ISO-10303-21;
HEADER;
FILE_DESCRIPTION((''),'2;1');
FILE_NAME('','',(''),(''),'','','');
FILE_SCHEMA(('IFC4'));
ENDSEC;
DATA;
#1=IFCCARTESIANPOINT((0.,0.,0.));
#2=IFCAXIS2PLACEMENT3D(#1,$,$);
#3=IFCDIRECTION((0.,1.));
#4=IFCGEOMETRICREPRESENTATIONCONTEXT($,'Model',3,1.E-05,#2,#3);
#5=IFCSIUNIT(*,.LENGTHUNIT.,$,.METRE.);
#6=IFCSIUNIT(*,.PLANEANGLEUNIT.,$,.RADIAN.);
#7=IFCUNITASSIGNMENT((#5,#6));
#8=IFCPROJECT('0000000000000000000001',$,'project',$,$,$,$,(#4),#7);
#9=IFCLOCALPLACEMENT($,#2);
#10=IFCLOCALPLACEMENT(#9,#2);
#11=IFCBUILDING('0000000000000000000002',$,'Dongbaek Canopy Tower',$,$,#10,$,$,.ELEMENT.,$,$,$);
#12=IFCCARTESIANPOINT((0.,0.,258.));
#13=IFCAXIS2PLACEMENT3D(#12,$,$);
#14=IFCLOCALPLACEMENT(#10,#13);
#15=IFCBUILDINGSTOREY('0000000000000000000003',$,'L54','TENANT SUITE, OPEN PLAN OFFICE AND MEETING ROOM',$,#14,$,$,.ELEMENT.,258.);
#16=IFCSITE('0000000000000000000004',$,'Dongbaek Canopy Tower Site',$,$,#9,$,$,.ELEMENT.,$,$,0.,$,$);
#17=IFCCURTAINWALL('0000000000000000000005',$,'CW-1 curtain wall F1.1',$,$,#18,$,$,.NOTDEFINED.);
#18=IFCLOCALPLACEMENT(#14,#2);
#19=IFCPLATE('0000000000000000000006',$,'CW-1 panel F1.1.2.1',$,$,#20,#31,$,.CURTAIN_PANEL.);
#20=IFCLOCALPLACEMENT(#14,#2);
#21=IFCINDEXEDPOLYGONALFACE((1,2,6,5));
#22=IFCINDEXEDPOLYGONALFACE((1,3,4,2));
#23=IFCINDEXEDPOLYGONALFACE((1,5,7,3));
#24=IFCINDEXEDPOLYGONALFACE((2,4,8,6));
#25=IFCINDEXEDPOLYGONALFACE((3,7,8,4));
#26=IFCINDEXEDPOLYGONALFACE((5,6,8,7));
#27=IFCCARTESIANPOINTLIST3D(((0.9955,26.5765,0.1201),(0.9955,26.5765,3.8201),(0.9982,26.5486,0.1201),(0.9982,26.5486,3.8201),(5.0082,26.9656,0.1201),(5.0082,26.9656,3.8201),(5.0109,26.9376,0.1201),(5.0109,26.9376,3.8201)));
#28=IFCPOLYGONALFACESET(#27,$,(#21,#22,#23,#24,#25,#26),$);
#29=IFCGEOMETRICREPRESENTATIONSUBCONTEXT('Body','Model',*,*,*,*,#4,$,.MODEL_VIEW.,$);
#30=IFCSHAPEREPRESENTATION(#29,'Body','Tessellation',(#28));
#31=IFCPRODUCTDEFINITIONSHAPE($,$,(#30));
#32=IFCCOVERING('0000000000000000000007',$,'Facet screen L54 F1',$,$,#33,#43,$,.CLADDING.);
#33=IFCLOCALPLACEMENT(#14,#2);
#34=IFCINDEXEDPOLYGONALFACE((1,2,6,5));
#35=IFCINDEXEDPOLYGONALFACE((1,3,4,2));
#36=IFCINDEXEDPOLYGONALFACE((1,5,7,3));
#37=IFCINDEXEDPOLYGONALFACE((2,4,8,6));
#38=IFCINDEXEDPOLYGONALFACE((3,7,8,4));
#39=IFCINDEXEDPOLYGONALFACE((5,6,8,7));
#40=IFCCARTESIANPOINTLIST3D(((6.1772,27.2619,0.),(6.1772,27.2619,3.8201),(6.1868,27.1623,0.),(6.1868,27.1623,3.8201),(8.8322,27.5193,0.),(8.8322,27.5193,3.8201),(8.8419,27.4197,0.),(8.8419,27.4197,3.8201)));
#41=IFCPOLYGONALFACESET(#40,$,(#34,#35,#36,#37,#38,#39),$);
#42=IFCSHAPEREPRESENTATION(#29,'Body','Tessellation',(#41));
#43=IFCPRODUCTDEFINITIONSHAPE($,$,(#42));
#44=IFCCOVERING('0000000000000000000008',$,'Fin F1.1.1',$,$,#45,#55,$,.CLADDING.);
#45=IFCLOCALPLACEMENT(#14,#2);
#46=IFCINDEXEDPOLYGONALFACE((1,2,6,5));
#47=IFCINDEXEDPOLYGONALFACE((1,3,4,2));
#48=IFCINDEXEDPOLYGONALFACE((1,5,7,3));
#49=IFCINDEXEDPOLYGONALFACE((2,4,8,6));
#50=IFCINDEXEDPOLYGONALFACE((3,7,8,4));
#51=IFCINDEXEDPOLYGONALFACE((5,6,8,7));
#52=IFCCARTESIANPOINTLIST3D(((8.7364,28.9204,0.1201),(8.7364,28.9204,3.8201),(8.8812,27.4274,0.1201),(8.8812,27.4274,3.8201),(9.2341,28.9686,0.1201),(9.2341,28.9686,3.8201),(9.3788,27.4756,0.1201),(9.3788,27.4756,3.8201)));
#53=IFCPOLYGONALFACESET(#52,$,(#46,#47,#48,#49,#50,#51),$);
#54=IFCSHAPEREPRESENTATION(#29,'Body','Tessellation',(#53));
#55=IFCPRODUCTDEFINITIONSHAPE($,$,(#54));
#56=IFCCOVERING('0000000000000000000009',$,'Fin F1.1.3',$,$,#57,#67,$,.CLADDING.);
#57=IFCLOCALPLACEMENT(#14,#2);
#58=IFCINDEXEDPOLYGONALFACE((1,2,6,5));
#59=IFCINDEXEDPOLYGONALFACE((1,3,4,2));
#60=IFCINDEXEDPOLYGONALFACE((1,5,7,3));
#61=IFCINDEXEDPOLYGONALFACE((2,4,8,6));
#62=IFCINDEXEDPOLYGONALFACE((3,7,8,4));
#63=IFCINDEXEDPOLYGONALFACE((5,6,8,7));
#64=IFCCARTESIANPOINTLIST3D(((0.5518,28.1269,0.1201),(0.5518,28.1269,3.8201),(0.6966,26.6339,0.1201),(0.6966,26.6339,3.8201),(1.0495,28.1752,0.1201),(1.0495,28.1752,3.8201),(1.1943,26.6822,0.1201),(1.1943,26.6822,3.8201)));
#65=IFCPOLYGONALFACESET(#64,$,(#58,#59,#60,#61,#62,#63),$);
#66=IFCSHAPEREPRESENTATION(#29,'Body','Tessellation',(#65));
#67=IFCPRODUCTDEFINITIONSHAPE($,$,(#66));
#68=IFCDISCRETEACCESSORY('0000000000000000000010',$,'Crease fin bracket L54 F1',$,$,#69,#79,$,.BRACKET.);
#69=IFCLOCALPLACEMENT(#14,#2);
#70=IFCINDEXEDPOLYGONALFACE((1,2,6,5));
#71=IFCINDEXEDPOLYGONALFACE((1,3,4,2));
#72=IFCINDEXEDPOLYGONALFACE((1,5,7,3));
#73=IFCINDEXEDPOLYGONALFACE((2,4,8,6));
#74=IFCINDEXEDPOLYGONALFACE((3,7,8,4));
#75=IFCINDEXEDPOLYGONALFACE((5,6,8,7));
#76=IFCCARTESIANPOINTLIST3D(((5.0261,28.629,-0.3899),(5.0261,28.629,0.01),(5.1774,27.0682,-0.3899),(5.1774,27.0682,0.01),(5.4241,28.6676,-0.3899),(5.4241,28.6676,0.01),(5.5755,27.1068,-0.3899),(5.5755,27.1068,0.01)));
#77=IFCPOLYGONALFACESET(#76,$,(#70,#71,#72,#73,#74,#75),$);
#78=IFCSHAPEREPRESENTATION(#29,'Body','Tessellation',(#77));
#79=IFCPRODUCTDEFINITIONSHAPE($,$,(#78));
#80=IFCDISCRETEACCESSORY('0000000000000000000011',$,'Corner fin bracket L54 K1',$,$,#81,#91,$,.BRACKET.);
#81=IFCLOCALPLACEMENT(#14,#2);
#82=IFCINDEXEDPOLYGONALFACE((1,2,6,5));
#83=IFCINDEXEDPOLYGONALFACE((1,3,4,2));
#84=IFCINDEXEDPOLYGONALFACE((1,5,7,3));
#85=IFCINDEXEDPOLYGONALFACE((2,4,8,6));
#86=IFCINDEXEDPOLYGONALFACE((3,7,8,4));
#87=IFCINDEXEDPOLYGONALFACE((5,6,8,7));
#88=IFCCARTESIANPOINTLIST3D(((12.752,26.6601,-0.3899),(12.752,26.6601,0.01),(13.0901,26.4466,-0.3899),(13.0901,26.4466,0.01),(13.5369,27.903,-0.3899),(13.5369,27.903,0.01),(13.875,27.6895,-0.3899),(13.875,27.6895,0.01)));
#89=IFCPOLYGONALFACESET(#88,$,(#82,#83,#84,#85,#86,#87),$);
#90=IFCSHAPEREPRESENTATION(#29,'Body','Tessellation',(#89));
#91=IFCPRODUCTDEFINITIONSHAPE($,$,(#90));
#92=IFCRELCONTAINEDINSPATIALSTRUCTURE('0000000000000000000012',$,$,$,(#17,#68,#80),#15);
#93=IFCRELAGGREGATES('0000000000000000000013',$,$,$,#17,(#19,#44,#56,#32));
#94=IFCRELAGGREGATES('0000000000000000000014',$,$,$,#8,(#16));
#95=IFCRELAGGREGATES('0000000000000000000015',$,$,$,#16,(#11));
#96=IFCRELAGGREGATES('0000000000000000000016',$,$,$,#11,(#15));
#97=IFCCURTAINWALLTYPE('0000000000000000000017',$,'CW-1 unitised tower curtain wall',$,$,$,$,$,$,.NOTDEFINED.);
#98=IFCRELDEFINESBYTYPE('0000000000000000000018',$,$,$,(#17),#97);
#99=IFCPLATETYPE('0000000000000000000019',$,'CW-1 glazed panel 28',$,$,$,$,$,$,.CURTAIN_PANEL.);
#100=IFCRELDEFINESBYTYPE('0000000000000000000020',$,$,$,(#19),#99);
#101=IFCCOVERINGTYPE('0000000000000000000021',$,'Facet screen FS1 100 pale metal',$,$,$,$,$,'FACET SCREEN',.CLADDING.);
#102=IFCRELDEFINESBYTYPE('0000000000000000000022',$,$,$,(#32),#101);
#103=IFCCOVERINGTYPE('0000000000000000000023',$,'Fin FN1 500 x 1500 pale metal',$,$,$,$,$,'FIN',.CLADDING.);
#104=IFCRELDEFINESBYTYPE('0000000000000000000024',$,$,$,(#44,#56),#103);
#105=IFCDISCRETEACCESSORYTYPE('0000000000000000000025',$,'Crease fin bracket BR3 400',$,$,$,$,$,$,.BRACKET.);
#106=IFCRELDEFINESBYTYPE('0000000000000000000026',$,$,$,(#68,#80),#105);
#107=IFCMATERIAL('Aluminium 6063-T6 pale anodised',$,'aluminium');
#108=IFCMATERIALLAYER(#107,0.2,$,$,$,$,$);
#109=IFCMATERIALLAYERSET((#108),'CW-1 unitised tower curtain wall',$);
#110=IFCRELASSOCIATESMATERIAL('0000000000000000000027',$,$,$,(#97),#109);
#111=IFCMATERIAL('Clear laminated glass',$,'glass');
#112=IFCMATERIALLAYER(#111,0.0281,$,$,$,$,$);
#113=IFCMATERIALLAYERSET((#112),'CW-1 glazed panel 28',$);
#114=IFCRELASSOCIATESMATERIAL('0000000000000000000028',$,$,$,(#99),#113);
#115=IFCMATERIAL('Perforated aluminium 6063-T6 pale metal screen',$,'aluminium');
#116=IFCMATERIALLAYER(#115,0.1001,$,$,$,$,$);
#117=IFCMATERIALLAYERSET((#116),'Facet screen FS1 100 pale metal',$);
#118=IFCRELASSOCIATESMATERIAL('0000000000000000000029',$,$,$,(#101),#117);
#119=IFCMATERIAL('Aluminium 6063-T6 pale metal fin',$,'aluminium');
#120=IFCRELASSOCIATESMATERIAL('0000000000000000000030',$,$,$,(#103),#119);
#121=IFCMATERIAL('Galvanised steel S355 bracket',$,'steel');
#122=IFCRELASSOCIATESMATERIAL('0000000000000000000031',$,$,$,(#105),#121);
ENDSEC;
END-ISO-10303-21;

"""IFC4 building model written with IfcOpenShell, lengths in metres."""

from ifc_helpers import new_model, si_unit, direction, frame, origin, origin_2d, place, context, subcontext, project, spatial, rectangle, extrude, material, layer, layer_set, material_profile, profile_set, type_object, element, aggregate, save


model = new_model("IFC4")

# Units and contexts
model_context = context("Model", 3, precision=1e-05, world=origin(), true_north=direction((0.0, 1.0)))
body_context = subcontext(model_context, "Body", "Model", "MODEL_VIEW")
ifc_project = project(units=[si_unit("LENGTHUNIT", "METRE"), si_unit("PLANEANGLEUNIT", "RADIAN")], contexts=[model_context])

# Site, building, storey
site_placement = place(None, origin())
site = spatial("IfcSite", under=ifc_project, at=site_placement, Name="Dongbaek Canopy Tower Site", CompositionType="ELEMENT", RefElevation=0.0)
building_placement = place(site_placement, origin())
building = spatial("IfcBuilding", under=site, at=building_placement, Name="Dongbaek Canopy Tower", CompositionType="ELEMENT")
storey_placement = place(building_placement, frame((0.0, 0.0, 258.0)))
storey = spatial("IfcBuildingStorey", under=building, at=storey_placement, Name="L54", Description="TENANT SUITE, OPEN PLAN OFFICE AND MEETING ROOM", CompositionType="ELEMENT", Elevation=258.0)

# Curtain wall
ifc_material_1 = material(Name="Aluminium 6063-T6 pale anodised", Category="aluminium")
ifc_layer_1 = layer(ifc_material_1, 0.2)
ifc_layer_set_1 = layer_set([ifc_layer_1], Name="CW-1 unitised tower curtain wall")
curtain_wall_type = type_object("IfcCurtainWallType", Name="CW-1 unitised tower curtain wall", PredefinedType="NOTDEFINED", material=ifc_layer_set_1)
curtain_wall_1_placement = place(storey_placement, origin())
curtain_wall_1 = element("IfcCurtainWall", 1, at=curtain_wall_1_placement, inside=storey, type_object=curtain_wall_type, Name="CW-1 curtain wall F1.1", PredefinedType="NOTDEFINED")

# Plate
ifc_material_2 = material(Name="Clear laminated glass", Category="glass")
ifc_layer_2 = layer(ifc_material_2, 0.0281)
ifc_layer_set_2 = layer_set([ifc_layer_2], Name="CW-1 glazed panel 28")
plate_type = type_object("IfcPlateType", Name="CW-1 glazed panel 28", PredefinedType="CURTAIN_PANEL", material=ifc_layer_set_2)
plate_1_placement = place(storey_placement, frame((3.0032, 26.7571, 0.1201), z_axis=(0.0, 0.0, 1.0), x_axis=(-0.995332, -0.096506, 0.0)))
plate_1 = element("IfcPlate", 2, at=plate_1_placement, type_object=plate_type, Name="CW-1 panel F1.1.2.1", PredefinedType="CURTAIN_PANEL", context=body_context, shape_type="SweptSolid", body=[
    extrude(rectangle(XDim=4.0315, YDim=0.0281, at=origin_2d()), origin(), (0.0, 0.0, 1.0), 3.7),
])

# Coverings
ifc_material_3 = material(Name="Perforated aluminium 6063-T6 pale metal screen", Category="aluminium")
ifc_layer_3 = layer(ifc_material_3, 0.1001)
ifc_layer_set_3 = layer_set([ifc_layer_3], Name="Facet screen FS1 100 pale metal")
covering_type_1 = type_object("IfcCoveringType", Name="Facet screen FS1 100 pale metal", ElementType="FACET SCREEN", PredefinedType="CLADDING", material=ifc_layer_set_3)
covering_1_placement = place(storey_placement, frame((7.5095, 27.3408, 0.0), z_axis=(0.0, 0.0, 1.0), x_axis=(-0.995332, -0.096506, 0.0)))
covering_1 = element("IfcCovering", 3, at=covering_1_placement, type_object=covering_type_1, Name="Facet screen L54 F1", PredefinedType="CLADDING", context=body_context, shape_type="SweptSolid", body=[
    extrude(rectangle(XDim=2.6675, YDim=0.1001, at=origin_2d()), origin(), (0.0, 0.0, 1.0), 3.8201),
])
ifc_material_4 = material(Name="Aluminium 6063-T6 pale metal fin", Category="aluminium")
ifc_material_profile_1 = material_profile(ifc_material_4, rectangle(XDim=1.5, YDim=0.5, at=origin_2d()), Name="Fin FN1 500 x 1500 pale metal")
ifc_profile_set_1 = profile_set([ifc_material_profile_1], Name="Aluminium 6063-T6 pale metal fin")
covering_type_2 = type_object("IfcCoveringType", Name="Fin FN1 500 x 1500 pale metal", ElementType="FIN", PredefinedType="CLADDING", material=ifc_profile_set_1)
covering_2_placement = place(storey_placement, frame((9.0576, 28.198, 0.1201), z_axis=(0.0, 0.0, 1.0), x_axis=(-0.096506, 0.995332, 0.0)))
covering_2 = element("IfcCovering", 4, at=covering_2_placement, type_object=covering_type_2, Name="Fin F1.1.1", PredefinedType="CLADDING", context=body_context, shape_type="SweptSolid", body=[
    extrude(rectangle(XDim=1.5, YDim=0.5, at=origin_2d()), origin(), (0.0, 0.0, 1.0), 3.7),
])
covering_3_placement = place(storey_placement, frame((0.873, 27.4045, 0.1201), z_axis=(0.0, 0.0, 1.0), x_axis=(-0.096506, 0.995332, 0.0)))
covering_3 = element("IfcCovering", 5, at=covering_3_placement, type_object=covering_type_2, Name="Fin F1.1.3", PredefinedType="CLADDING", context=body_context, shape_type="SweptSolid", body=[
    extrude(rectangle(XDim=1.5, YDim=0.5, at=origin_2d()), origin(), (0.0, 0.0, 1.0), 3.7),
])
aggregate(curtain_wall_1, [plate_1, covering_2, covering_3, covering_1])

# Discrete accessories
ifc_material_5 = material(Name="Galvanised steel S355 bracket", Category="steel")
discrete_accessory_type = type_object("IfcDiscreteAccessoryType", Name="Crease fin bracket BR3 400", PredefinedType="BRACKET", material=ifc_material_5)
discrete_accessory_1_placement = place(storey_placement, frame((5.3008, 27.8679, -0.3899), z_axis=(0.0, 0.0, 1.0), x_axis=(-0.096506, 0.995332, 0.0)))
element("IfcDiscreteAccessory", 6, at=discrete_accessory_1_placement, inside=storey, type_object=discrete_accessory_type, Name="Crease fin bracket L54 F1", PredefinedType="BRACKET", context=body_context, shape_type="SweptSolid", body=[
    extrude(rectangle(XDim=1.5681, YDim=0.3999, at=origin_2d()), origin(), (0.0, 0.0, 1.0), 0.3999),
])
discrete_accessory_2_placement = place(storey_placement, frame((13.3135, 27.1748, -0.3899), z_axis=(0.0, 0.0, 1.0), x_axis=(0.533975, 0.8455, 0.0)))
element("IfcDiscreteAccessory", 7, at=discrete_accessory_2_placement, inside=storey, type_object=discrete_accessory_type, Name="Corner fin bracket L54 K1", PredefinedType="BRACKET", context=body_context, shape_type="SweptSolid", body=[
    extrude(rectangle(XDim=1.47, YDim=0.3999, at=origin_2d()), origin(), (0.0, 0.0, 1.0), 0.3999),
])

save(model, "model.ifc")
